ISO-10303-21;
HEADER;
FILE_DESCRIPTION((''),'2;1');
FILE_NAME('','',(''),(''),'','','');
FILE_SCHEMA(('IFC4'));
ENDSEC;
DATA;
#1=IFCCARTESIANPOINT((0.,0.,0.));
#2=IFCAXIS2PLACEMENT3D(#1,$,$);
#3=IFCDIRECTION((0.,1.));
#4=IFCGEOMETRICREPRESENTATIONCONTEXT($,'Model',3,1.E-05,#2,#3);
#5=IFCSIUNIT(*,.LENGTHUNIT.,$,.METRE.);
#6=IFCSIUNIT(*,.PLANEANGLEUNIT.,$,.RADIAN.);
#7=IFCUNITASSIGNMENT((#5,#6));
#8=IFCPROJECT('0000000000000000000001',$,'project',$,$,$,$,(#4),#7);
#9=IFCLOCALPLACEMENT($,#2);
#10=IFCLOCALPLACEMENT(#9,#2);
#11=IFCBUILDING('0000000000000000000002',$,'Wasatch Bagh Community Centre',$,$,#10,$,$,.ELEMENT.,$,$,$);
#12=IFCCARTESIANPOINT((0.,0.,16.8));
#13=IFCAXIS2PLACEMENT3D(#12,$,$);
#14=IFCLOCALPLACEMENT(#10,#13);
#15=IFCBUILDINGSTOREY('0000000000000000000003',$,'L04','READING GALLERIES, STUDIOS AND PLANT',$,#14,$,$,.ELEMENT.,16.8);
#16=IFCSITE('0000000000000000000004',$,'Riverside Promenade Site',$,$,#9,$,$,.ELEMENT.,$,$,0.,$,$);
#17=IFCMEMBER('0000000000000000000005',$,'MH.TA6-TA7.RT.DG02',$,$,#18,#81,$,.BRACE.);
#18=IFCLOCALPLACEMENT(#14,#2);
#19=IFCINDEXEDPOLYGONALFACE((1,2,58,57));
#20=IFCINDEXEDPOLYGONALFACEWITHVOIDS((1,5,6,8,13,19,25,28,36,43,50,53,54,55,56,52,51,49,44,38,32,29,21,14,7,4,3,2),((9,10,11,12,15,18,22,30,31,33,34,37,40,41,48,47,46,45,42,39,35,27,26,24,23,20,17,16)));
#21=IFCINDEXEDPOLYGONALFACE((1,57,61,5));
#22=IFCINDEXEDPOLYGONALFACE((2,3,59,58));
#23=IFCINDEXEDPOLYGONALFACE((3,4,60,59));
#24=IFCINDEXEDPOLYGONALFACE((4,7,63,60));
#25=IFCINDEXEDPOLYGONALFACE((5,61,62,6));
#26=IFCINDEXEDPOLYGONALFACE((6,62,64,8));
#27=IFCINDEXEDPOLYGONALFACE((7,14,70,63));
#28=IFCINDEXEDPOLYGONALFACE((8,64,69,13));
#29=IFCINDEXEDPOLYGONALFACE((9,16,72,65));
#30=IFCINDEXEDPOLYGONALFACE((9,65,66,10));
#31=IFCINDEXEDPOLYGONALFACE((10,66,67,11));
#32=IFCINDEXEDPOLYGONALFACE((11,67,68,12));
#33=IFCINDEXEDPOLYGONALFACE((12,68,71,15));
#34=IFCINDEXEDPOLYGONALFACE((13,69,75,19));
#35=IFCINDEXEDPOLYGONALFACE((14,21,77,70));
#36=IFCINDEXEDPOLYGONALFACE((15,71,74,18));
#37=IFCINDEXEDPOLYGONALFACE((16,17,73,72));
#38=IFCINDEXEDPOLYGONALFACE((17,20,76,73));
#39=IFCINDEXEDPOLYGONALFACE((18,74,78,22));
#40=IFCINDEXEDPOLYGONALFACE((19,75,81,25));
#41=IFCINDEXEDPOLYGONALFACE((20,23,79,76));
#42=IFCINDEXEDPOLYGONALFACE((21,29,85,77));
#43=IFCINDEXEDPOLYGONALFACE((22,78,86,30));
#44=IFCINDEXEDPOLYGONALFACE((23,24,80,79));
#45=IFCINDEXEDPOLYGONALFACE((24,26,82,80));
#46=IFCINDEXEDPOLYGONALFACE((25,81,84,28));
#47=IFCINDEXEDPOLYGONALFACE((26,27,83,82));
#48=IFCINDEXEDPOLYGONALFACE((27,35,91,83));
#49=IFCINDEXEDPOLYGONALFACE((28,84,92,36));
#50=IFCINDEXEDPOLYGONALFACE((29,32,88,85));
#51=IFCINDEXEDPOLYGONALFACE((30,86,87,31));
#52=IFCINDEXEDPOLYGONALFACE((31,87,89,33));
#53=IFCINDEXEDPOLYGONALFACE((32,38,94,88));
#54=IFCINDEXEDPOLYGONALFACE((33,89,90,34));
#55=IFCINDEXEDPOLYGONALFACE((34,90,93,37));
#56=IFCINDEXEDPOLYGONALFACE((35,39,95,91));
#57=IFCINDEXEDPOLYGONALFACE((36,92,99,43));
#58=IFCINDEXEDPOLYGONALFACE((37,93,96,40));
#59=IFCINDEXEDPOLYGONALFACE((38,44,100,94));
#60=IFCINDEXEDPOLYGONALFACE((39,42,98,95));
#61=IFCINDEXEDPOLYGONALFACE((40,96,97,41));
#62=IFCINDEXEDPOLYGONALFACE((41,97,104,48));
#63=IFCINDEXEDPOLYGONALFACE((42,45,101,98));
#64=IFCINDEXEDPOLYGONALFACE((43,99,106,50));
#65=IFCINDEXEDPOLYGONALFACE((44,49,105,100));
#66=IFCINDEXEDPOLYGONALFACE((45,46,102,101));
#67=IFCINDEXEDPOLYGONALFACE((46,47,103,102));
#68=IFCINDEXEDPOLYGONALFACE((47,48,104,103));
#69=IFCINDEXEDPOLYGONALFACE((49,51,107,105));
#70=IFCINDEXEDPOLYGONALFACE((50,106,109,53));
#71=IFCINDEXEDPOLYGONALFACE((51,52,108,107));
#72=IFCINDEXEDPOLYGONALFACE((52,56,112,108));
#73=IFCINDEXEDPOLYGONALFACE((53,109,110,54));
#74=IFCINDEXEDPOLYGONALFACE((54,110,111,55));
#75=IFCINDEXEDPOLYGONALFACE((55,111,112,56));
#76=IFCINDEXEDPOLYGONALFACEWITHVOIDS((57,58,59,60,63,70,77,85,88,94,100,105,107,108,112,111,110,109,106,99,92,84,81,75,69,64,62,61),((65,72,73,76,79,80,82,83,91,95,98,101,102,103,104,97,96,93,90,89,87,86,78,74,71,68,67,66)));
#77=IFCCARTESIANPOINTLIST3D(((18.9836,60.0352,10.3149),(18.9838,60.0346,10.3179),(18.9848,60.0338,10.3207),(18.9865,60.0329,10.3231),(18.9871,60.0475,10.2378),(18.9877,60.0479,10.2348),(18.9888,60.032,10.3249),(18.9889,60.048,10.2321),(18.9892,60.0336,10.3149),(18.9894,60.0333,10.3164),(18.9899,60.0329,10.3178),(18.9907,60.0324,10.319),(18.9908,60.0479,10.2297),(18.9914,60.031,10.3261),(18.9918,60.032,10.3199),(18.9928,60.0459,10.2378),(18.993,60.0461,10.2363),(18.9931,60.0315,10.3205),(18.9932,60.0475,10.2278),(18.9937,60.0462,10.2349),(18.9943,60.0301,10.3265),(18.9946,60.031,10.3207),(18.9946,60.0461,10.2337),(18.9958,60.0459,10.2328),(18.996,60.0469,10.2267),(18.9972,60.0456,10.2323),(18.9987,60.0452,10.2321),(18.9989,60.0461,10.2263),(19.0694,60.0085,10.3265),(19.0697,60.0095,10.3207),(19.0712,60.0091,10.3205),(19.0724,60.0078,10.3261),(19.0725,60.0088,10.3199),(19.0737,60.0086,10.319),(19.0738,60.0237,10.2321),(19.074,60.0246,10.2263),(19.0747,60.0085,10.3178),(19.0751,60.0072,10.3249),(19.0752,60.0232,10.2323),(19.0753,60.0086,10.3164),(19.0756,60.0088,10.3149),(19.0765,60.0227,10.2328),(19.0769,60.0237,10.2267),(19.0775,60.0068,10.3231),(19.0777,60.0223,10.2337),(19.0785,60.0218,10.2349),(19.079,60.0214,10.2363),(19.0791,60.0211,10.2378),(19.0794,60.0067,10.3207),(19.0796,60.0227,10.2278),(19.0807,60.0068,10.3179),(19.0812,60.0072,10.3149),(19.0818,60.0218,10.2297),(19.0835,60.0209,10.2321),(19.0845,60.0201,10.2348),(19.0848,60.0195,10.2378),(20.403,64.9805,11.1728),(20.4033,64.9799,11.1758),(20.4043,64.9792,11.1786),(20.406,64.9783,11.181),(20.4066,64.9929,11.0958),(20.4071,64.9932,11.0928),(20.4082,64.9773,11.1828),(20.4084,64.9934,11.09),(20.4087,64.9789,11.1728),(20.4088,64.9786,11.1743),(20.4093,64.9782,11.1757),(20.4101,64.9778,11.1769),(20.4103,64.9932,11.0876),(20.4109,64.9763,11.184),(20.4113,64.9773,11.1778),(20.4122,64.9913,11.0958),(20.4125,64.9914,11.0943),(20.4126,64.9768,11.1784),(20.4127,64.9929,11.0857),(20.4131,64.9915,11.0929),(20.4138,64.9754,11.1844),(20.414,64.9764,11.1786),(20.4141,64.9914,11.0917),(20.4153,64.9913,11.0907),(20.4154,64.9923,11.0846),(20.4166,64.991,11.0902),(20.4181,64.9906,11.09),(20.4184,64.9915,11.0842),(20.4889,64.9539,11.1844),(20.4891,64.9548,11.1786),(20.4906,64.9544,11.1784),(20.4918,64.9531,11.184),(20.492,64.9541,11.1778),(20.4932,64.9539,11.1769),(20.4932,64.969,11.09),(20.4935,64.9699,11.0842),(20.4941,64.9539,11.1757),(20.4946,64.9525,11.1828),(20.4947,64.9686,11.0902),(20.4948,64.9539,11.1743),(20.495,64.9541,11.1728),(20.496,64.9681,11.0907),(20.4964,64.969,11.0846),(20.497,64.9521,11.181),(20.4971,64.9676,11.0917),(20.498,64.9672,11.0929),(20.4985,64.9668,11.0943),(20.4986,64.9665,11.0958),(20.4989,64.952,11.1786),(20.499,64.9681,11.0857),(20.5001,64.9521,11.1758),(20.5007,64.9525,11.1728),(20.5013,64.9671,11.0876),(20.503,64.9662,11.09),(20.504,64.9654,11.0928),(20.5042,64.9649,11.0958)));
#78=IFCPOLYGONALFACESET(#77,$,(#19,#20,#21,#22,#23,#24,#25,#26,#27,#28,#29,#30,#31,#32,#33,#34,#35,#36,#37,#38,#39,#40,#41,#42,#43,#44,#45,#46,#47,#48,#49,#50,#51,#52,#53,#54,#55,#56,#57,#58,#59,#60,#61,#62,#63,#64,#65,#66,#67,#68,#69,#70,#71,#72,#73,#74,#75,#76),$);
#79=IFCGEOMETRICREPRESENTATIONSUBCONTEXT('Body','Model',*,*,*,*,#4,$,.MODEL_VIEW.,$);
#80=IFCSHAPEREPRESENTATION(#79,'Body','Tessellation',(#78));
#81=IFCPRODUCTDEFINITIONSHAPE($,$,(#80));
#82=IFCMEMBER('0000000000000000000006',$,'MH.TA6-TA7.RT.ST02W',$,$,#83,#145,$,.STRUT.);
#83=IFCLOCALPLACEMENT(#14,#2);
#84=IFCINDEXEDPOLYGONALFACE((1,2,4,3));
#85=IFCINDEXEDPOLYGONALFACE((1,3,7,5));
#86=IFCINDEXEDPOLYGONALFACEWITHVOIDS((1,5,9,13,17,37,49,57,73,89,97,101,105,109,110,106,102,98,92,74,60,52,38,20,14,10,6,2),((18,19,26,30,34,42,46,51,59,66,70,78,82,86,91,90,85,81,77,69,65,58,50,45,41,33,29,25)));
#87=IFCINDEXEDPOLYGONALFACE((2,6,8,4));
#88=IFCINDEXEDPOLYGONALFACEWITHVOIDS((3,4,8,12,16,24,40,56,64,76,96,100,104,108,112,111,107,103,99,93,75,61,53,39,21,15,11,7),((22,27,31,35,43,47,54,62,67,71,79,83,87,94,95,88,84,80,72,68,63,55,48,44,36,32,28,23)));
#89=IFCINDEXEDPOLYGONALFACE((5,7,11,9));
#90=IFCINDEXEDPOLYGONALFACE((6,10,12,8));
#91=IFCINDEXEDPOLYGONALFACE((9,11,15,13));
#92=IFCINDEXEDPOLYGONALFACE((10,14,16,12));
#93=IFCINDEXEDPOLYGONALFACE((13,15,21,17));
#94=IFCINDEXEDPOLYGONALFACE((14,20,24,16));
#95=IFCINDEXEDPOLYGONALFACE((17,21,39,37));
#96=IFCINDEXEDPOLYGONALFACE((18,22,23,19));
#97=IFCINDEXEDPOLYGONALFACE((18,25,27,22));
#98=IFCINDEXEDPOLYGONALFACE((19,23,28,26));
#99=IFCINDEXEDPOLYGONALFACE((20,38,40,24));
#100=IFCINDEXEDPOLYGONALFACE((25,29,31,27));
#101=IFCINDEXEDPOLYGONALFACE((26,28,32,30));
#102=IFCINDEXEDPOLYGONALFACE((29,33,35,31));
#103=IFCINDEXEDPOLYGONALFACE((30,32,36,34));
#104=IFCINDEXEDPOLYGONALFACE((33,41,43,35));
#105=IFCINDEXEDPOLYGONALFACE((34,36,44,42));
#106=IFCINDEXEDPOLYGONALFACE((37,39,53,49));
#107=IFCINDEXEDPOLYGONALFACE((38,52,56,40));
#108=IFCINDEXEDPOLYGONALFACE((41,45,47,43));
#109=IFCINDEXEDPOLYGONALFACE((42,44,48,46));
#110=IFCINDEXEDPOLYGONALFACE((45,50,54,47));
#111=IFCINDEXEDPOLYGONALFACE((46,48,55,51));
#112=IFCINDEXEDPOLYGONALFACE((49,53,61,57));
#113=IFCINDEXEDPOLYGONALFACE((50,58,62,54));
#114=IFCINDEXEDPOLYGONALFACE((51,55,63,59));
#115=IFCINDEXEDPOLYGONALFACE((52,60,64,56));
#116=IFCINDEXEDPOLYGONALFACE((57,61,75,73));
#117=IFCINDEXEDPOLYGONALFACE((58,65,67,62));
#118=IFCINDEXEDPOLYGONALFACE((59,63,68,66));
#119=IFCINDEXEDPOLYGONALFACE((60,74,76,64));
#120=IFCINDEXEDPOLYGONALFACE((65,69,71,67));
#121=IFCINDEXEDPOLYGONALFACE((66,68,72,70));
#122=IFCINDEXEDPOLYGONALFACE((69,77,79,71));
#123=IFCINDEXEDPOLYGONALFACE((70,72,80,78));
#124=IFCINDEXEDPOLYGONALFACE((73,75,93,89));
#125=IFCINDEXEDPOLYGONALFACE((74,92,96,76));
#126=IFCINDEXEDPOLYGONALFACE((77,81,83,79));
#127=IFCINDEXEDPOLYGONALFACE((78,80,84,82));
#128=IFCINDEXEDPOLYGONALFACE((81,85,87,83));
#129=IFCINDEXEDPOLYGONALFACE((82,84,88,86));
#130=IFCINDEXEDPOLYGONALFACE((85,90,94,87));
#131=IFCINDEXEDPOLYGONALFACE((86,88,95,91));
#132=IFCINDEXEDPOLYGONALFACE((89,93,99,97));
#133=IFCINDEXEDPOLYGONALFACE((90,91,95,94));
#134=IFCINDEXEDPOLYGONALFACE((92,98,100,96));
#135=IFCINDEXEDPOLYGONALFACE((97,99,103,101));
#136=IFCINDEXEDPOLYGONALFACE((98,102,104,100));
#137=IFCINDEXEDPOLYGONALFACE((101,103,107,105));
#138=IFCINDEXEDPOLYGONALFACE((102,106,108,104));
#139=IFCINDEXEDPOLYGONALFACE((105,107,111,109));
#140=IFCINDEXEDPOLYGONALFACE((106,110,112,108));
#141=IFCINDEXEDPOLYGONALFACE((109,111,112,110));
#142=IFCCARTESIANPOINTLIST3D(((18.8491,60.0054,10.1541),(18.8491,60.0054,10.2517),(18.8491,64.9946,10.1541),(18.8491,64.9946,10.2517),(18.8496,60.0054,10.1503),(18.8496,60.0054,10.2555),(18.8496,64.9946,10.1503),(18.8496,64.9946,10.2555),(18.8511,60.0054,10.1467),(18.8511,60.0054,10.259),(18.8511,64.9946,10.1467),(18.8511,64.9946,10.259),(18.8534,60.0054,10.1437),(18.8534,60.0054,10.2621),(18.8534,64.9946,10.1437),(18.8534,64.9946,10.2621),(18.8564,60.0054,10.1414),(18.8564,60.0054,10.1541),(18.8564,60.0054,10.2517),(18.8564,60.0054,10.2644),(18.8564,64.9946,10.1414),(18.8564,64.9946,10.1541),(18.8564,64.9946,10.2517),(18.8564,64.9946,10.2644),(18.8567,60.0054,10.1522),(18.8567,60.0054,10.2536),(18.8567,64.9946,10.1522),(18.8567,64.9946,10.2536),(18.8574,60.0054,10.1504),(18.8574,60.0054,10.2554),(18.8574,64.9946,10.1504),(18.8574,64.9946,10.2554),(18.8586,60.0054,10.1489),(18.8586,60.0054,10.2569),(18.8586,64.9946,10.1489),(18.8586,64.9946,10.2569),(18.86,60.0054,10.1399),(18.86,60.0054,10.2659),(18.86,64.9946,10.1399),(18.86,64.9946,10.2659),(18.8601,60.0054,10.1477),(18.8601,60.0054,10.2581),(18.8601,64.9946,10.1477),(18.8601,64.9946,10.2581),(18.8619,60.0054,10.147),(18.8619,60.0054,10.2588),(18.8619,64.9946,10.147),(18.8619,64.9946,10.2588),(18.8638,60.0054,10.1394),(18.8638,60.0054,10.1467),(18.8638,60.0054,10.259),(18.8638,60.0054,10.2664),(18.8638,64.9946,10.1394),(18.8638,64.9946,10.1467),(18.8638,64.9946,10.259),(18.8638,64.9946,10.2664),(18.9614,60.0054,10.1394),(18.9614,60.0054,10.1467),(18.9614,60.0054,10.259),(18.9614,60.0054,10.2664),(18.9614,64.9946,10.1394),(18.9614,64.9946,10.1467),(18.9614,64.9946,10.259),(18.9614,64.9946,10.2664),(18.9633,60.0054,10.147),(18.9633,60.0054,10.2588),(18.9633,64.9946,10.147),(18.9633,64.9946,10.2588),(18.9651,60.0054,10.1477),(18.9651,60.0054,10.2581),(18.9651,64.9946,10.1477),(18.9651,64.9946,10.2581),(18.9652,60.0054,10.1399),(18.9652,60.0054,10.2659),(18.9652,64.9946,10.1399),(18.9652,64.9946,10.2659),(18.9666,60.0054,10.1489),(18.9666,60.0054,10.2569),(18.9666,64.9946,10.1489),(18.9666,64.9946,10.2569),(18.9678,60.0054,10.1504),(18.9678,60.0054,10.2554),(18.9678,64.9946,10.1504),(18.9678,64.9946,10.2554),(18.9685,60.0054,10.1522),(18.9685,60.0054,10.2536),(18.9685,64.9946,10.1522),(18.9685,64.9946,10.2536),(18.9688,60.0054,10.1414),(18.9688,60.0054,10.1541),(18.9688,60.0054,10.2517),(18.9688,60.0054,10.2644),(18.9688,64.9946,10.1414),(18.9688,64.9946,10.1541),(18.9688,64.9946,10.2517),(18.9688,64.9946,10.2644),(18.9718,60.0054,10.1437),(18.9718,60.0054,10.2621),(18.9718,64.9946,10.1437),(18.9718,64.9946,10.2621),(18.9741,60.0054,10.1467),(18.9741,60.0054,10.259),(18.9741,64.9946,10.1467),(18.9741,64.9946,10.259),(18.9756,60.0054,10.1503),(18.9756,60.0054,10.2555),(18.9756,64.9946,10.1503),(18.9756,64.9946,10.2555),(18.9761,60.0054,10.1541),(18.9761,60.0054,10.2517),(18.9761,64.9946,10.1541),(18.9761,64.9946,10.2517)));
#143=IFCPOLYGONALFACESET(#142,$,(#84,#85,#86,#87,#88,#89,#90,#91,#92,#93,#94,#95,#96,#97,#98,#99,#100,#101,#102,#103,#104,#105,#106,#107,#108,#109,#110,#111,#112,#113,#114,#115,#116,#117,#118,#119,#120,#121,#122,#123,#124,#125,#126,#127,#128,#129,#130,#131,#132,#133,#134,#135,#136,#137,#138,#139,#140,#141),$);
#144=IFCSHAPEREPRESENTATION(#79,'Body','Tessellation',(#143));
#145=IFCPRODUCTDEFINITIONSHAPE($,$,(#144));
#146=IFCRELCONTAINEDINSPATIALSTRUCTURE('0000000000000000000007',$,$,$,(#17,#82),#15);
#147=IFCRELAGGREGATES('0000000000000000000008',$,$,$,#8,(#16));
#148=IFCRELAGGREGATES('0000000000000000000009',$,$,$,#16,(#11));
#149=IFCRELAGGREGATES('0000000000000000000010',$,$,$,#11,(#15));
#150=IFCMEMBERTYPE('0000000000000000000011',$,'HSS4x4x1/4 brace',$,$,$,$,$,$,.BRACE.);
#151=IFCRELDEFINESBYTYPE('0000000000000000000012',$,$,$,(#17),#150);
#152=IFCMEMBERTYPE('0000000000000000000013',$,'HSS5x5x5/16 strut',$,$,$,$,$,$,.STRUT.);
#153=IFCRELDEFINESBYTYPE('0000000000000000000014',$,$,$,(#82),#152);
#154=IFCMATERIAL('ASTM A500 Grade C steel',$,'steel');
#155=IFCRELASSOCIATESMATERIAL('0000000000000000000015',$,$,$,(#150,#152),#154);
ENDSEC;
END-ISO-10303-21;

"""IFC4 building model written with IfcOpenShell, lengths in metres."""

from ifc_helpers import new_model, si_unit, direction, frame, origin, origin_2d, place, context, subcontext, project, spatial, hollow_rectangle, extrude, material, material_profile, profile_set, type_object, element, save


model = new_model("IFC4")

# Units and contexts
model_context = context("Model", 3, precision=1e-05, world=origin(), true_north=direction((0.0, 1.0)))
body_context = subcontext(model_context, "Body", "Model", "MODEL_VIEW")
ifc_project = project(units=[si_unit("LENGTHUNIT", "METRE"), si_unit("PLANEANGLEUNIT", "RADIAN")], contexts=[model_context])

# Site, building, storey
site_placement = place(None, origin())
site = spatial("IfcSite", under=ifc_project, at=site_placement, Name="Riverside Promenade Site", CompositionType="ELEMENT", RefElevation=0.0)
building_placement = place(site_placement, origin())
building = spatial("IfcBuilding", under=site, at=building_placement, Name="Wasatch Bagh Community Centre", CompositionType="ELEMENT")
storey_placement = place(building_placement, frame((0.0, 0.0, 16.8)))
storey = spatial("IfcBuildingStorey", under=building, at=storey_placement, Name="L04", Description="READING GALLERIES, STUDIOS AND PLANT", CompositionType="ELEMENT", Elevation=16.8)

# Members
ifc_material_1 = material(Name="ASTM A500 Grade C steel", Category="steel")
ifc_material_profile_1 = material_profile(ifc_material_1, hollow_rectangle(XDim=0.1016, YDim=0.1016, WallThickness=0.0059, InnerFilletRadius=0.0059, OuterFilletRadius=0.0117, at=origin_2d()), Name="HSS4x4x1/4")
ifc_profile_set_1 = profile_set([ifc_material_profile_1], Name="ASTM A500 Grade C steel")
member_type_1 = type_object("IfcMemberType", Name="HSS4x4x1/4 brace", PredefinedType="BRACE", material=ifc_profile_set_1)
member_1_placement = place(storey_placement, frame((19.0342, 60.0273, 10.2764), z_axis=(0.272129, 0.9481, 0.164476), x_axis=(-0.96119, 0.275887, 0.0)))
element("IfcMember", 1, at=member_1_placement, inside=storey, type_object=member_type_1, Name="MH.TA6-TA7.RT.DG02", PredefinedType="BRACE", context=body_context, shape_type="SweptSolid", body=[
    extrude(hollow_rectangle(XDim=0.1016, YDim=0.1016, WallThickness=0.0059, InnerFilletRadius=0.0059, OuterFilletRadius=0.0117, at=origin_2d()), origin(), (0.0, 0.0, 1.0), 5.2161),
])
ifc_material_profile_2 = material_profile(ifc_material_1, hollow_rectangle(XDim=0.127, YDim=0.127, WallThickness=0.0073, InnerFilletRadius=0.0073, OuterFilletRadius=0.0146, at=origin_2d()), Name="HSS5x5x5/16")
ifc_profile_set_2 = profile_set([ifc_material_profile_2], Name="ASTM A500 Grade C steel")
member_type_2 = type_object("IfcMemberType", Name="HSS5x5x5/16 strut", PredefinedType="STRUT", material=ifc_profile_set_2)
for number, where, z_axis, x_axis, name in (
    (2, (18.9126, 60.0054, 10.2029), (0.0, 1.0, 0.0), (-1.0, 0.0, 0.0), "MH.TA6-TA7.RT.ST02W"),
):
    element("IfcMember", number, at=place(storey_placement, frame(where, z_axis=z_axis, x_axis=x_axis)), inside=storey, type_object=member_type_2, Name=name, PredefinedType="STRUT", context=body_context, shape_type="SweptSolid", body=[
        extrude(hollow_rectangle(XDim=0.127, YDim=0.127, WallThickness=0.0073, InnerFilletRadius=0.0073, OuterFilletRadius=0.0146, at=origin_2d()), origin(), (0.0, 0.0, 1.0), 4.9893),
    ])

save(model, "model.ifc")
